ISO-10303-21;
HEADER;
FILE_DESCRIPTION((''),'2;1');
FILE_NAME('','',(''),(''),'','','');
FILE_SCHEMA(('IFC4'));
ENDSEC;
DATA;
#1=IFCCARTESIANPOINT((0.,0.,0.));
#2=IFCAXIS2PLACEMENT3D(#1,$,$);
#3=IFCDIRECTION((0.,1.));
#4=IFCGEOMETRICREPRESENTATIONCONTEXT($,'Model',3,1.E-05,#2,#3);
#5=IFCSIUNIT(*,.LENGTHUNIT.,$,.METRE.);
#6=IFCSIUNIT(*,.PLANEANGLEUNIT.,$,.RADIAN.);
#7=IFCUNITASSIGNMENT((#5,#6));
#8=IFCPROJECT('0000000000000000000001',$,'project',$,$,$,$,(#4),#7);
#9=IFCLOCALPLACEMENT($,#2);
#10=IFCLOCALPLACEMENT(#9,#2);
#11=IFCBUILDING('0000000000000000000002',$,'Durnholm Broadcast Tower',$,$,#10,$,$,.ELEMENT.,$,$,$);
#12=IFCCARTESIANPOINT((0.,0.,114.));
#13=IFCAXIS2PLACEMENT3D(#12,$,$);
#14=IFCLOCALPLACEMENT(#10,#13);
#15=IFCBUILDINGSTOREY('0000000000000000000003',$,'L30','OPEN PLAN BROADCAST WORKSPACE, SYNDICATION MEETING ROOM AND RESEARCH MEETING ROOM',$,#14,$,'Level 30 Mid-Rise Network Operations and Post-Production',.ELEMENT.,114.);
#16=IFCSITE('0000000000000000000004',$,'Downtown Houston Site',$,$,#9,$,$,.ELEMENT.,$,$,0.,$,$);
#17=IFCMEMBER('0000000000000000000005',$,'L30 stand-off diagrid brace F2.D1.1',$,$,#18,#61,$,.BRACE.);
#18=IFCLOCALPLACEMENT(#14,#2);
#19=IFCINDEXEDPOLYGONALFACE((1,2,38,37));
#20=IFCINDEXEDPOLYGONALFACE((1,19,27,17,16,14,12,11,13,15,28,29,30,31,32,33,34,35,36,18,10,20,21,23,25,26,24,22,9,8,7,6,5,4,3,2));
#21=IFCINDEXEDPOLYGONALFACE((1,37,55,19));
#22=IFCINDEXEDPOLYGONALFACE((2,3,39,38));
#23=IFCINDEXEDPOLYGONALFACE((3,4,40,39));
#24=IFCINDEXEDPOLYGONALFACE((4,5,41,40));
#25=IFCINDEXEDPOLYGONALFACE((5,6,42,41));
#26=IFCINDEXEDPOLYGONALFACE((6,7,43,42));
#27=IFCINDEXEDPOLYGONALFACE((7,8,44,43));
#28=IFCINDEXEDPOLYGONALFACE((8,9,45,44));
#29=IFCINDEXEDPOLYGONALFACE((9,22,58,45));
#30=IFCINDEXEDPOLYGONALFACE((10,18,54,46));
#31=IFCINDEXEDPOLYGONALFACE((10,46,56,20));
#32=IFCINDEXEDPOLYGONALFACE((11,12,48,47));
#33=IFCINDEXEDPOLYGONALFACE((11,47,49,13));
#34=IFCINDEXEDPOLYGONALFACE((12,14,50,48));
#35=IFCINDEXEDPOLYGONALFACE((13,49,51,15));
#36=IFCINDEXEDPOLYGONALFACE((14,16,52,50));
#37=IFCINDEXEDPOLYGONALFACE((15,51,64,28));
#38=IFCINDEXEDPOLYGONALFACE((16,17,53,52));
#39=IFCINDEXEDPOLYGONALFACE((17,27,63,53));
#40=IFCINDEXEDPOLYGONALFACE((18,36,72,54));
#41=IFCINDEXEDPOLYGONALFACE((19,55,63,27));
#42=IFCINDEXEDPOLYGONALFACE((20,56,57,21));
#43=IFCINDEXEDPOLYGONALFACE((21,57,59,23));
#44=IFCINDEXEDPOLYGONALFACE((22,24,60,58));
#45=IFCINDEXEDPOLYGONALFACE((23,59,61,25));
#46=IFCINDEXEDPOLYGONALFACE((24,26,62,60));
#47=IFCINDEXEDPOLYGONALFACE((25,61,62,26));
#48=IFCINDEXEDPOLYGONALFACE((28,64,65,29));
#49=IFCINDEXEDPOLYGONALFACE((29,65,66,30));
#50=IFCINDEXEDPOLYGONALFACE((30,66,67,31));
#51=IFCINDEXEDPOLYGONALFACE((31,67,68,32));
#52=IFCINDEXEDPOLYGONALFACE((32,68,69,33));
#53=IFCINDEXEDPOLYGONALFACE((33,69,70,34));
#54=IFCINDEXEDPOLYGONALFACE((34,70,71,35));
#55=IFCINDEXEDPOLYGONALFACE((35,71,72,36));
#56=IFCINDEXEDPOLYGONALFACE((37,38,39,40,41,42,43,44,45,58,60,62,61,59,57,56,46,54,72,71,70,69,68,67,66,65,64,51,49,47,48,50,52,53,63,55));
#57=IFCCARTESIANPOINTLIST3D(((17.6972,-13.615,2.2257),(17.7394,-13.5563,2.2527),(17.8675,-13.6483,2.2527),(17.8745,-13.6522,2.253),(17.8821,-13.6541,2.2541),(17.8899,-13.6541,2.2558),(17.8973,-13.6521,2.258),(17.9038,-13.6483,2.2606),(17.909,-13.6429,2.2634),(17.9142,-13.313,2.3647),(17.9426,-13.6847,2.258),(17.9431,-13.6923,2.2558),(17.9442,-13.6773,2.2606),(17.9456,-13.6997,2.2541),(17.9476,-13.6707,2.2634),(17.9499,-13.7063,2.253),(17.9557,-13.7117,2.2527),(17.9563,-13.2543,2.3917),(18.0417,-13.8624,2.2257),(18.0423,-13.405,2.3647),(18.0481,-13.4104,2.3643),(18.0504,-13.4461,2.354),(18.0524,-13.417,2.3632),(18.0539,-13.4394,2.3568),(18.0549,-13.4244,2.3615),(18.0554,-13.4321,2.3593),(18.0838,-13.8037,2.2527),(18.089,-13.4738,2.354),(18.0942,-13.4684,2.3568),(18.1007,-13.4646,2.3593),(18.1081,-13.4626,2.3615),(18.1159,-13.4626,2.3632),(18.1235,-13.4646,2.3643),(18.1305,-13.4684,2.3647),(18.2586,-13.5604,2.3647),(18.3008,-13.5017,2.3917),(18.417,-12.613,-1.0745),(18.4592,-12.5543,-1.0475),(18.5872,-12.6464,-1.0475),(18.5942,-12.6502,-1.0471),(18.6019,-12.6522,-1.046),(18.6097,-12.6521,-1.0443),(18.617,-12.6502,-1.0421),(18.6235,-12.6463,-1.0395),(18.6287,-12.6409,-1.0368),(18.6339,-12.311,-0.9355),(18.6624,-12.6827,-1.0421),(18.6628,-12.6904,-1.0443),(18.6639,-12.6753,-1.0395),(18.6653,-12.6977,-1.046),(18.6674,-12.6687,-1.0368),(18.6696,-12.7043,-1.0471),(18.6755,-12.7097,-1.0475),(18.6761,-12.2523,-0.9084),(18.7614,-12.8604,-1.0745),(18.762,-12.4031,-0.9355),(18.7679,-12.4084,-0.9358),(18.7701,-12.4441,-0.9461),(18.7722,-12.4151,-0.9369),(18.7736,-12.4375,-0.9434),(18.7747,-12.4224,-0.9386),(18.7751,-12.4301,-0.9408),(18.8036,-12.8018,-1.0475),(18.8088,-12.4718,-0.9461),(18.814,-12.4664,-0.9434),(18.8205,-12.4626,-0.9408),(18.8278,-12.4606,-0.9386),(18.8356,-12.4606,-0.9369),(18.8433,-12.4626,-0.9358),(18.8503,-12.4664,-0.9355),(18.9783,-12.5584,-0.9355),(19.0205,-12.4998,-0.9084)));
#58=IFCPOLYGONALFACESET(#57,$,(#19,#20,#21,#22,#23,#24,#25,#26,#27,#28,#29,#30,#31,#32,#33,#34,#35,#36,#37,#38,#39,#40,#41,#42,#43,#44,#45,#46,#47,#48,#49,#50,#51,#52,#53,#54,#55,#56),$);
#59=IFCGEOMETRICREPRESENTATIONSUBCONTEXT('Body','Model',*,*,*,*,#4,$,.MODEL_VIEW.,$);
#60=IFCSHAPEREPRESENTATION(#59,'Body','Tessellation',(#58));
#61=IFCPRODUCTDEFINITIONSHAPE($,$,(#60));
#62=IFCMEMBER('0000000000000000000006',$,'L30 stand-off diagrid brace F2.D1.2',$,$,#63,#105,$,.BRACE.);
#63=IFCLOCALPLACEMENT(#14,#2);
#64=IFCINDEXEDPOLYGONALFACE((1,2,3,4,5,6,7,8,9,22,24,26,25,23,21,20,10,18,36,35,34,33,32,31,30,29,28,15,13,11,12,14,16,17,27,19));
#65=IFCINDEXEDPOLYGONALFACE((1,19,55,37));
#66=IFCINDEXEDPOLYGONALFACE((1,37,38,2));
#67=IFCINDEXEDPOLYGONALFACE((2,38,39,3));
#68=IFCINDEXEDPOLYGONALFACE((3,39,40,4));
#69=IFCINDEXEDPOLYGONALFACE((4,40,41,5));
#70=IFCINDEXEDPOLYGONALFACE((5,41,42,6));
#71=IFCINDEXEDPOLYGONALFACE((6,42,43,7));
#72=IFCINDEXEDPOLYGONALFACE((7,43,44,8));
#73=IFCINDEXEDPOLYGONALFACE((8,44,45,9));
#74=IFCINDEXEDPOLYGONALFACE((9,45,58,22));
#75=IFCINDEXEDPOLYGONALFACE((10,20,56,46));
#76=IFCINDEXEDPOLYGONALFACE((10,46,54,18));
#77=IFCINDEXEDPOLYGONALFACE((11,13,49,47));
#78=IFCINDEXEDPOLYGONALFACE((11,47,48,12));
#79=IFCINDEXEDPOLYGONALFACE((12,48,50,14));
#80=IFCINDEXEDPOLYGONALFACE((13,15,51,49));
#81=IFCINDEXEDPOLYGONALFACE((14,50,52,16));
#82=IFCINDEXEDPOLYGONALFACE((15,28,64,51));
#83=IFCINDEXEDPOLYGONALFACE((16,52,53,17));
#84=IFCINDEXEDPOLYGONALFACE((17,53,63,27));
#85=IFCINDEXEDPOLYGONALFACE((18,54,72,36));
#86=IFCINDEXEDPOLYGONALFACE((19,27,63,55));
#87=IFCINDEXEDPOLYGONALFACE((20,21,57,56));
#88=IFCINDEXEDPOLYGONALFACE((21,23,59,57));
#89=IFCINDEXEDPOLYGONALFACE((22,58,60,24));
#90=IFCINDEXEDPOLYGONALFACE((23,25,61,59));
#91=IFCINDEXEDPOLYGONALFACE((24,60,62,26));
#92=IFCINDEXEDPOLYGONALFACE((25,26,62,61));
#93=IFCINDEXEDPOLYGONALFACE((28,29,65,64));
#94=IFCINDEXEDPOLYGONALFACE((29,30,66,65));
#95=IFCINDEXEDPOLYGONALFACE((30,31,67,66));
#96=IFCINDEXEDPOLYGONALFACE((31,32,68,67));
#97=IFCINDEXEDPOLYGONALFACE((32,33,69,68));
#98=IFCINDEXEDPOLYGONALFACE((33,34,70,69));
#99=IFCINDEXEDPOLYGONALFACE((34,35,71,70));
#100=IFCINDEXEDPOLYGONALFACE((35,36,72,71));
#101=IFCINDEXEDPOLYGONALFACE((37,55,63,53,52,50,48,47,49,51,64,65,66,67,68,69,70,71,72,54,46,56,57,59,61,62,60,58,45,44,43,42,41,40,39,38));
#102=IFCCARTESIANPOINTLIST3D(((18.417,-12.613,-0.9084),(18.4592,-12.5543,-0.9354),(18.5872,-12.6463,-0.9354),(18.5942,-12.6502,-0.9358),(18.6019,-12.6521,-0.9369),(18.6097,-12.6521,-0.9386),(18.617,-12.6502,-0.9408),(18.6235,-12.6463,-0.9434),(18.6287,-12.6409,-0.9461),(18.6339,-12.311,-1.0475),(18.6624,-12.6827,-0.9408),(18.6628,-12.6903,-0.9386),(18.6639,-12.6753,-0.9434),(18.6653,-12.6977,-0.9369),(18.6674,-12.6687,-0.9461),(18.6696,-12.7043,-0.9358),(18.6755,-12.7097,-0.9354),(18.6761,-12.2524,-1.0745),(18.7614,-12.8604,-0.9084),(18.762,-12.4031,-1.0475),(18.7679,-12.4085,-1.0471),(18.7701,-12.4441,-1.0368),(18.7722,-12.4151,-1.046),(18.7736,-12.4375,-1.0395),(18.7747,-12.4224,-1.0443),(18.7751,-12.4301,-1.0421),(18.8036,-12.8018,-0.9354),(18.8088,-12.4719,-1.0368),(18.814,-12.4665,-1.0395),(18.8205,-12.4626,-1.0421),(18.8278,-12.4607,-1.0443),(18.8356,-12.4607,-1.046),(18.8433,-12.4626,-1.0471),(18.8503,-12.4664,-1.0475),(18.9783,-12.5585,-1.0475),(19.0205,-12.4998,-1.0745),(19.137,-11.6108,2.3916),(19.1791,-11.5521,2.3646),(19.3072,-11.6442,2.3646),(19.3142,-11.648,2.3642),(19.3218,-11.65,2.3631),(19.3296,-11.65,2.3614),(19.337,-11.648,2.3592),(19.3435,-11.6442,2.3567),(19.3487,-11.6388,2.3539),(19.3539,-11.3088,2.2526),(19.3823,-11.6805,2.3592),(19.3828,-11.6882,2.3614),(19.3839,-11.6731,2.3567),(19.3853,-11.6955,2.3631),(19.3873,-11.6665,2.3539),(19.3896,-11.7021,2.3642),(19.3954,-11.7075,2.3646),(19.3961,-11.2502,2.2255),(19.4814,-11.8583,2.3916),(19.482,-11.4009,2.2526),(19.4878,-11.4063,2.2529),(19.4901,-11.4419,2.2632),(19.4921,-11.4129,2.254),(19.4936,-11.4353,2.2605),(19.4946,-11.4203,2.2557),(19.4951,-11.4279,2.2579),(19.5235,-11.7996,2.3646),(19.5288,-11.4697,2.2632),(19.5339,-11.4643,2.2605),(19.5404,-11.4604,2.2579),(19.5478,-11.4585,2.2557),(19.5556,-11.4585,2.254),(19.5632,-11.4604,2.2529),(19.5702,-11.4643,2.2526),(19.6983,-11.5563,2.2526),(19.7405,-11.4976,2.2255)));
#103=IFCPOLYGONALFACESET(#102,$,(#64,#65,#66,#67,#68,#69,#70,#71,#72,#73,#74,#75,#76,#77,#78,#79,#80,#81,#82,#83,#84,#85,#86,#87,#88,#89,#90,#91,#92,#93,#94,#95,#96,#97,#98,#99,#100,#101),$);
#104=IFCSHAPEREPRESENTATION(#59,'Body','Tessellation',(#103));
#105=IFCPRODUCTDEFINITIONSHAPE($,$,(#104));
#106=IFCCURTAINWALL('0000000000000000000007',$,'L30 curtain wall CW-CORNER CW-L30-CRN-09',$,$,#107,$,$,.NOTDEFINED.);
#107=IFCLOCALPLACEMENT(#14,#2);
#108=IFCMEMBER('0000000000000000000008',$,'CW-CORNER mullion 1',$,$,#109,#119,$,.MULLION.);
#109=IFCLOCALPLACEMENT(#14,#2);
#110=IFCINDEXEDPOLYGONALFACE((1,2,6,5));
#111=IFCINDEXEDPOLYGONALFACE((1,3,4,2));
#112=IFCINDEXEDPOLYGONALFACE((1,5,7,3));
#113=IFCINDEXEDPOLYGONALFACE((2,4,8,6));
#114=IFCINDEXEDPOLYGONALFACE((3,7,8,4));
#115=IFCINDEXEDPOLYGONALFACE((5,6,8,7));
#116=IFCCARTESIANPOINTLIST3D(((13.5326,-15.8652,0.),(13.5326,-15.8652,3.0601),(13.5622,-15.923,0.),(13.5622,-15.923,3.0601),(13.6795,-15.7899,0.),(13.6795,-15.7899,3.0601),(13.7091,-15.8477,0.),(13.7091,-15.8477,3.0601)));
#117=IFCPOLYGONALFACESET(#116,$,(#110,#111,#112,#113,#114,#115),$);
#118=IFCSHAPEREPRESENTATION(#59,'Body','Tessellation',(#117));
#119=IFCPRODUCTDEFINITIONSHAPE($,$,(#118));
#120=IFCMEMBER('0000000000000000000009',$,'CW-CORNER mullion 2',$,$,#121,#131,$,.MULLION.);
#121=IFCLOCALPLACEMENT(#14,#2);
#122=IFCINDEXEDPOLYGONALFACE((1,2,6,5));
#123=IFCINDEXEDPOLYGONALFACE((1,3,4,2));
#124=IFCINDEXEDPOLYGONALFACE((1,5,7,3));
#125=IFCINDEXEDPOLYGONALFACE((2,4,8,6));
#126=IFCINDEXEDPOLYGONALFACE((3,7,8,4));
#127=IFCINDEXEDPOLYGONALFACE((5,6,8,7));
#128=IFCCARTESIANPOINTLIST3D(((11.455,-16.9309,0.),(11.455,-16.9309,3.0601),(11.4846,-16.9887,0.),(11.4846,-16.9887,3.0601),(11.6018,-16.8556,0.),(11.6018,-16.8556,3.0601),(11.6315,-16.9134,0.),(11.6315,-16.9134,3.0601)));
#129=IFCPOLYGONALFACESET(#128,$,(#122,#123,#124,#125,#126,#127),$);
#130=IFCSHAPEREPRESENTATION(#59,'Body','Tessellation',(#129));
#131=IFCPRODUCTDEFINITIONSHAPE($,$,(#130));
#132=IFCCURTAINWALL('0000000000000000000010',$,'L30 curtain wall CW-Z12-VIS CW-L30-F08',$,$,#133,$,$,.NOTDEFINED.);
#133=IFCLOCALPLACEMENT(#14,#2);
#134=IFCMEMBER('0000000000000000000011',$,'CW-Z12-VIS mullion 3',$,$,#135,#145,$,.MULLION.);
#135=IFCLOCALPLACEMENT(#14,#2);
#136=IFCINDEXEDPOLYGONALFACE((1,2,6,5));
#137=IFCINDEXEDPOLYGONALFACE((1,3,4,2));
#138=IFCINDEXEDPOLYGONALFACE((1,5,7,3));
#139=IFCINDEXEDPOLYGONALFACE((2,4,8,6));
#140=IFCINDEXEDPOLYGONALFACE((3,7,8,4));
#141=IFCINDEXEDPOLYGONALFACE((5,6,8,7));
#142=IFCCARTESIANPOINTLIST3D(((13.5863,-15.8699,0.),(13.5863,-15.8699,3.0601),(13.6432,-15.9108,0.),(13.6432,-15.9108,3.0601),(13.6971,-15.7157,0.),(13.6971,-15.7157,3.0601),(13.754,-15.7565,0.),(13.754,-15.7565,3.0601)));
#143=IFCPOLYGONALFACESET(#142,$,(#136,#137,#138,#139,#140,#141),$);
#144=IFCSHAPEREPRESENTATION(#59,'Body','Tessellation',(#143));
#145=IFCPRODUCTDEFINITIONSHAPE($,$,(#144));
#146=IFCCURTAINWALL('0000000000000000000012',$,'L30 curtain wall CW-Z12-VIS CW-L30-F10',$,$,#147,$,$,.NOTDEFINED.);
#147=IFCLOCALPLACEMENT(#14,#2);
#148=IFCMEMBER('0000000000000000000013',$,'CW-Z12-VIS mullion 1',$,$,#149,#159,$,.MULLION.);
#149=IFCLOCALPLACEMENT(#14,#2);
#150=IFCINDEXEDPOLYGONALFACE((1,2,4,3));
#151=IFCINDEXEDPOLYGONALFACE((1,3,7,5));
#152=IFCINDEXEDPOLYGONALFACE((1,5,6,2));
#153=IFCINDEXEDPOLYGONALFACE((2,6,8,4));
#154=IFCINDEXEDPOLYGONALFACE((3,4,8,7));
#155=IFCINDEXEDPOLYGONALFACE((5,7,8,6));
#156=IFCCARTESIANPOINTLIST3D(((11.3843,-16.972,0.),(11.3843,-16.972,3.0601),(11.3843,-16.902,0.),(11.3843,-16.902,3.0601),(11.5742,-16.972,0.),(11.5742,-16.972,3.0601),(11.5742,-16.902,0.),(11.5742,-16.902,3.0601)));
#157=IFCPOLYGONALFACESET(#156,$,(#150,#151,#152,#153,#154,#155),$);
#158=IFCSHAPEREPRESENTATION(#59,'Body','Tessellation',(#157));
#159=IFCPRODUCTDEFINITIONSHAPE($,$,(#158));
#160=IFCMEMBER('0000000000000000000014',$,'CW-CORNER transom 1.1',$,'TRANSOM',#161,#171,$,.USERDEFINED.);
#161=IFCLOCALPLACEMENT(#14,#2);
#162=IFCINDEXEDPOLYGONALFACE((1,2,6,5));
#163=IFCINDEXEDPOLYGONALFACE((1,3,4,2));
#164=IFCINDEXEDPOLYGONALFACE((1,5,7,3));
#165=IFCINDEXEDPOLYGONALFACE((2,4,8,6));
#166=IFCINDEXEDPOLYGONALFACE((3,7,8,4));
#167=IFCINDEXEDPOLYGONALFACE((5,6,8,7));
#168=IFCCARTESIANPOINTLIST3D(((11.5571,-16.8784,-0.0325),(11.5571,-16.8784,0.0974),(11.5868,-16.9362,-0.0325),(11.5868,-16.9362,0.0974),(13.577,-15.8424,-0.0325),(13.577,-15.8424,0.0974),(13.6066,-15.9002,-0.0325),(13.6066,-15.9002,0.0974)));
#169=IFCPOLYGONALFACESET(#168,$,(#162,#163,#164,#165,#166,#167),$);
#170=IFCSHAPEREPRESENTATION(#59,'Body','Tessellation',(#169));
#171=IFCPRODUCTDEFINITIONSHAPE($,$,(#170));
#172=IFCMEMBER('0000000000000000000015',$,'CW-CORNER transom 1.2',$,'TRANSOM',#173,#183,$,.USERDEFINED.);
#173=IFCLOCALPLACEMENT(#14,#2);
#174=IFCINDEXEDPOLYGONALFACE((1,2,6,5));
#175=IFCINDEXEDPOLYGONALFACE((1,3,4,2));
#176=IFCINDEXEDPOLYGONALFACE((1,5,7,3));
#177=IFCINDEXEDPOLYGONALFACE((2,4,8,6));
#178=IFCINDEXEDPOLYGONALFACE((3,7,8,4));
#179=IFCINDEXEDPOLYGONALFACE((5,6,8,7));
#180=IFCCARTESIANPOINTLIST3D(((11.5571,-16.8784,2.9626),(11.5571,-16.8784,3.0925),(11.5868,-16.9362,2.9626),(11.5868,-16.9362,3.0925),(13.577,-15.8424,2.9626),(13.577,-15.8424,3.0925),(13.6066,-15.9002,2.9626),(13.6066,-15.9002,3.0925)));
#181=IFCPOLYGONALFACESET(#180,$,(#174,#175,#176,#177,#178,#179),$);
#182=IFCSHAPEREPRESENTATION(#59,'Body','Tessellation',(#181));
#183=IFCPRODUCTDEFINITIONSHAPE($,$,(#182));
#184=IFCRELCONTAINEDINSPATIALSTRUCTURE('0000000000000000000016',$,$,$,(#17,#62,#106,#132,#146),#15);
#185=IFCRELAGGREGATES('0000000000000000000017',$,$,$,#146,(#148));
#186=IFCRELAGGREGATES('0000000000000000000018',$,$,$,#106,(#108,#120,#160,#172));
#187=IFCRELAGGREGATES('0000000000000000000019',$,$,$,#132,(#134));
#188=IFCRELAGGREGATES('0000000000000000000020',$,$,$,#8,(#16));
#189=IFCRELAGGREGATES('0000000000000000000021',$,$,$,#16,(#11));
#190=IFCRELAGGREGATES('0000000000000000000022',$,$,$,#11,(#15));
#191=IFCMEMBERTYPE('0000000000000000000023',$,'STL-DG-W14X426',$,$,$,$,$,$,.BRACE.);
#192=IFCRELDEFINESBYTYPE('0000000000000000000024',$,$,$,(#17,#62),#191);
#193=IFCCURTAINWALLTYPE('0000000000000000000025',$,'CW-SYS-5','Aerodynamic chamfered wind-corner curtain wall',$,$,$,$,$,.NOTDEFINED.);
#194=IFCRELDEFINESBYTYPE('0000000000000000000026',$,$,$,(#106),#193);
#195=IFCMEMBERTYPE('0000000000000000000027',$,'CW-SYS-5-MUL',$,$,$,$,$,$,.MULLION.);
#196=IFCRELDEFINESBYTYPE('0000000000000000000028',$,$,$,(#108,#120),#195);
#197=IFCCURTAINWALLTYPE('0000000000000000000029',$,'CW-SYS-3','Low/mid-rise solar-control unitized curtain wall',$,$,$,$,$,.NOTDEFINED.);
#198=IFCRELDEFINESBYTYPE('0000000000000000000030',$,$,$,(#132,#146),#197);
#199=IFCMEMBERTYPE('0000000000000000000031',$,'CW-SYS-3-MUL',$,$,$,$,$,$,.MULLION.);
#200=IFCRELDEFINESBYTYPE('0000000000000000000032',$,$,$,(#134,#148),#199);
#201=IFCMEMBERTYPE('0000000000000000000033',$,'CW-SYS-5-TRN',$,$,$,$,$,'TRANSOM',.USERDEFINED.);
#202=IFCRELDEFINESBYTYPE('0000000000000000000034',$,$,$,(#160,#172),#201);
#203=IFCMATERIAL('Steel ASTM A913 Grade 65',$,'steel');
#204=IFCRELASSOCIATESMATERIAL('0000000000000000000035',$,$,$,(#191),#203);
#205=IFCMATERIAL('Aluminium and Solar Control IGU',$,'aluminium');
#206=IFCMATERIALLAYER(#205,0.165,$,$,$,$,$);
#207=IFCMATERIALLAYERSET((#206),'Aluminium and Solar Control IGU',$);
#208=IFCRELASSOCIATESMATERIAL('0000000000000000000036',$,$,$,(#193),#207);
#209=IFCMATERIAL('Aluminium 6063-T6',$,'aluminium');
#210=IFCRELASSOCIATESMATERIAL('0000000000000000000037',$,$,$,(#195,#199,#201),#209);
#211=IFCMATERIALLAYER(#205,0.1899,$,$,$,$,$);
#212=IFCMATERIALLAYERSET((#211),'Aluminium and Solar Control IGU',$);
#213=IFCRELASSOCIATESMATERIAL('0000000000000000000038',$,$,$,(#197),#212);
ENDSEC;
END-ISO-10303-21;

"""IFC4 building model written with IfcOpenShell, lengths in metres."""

from ifc_helpers import new_model, si_unit, direction, frame, origin, origin_2d, place, context, subcontext, project, spatial, rectangle, i_section, extrude, source, transform, mapped, material, layer, layer_set, material_profile, profile_set, type_object, type_shapes, element, aggregate, save


model = new_model("IFC4")

# Units and contexts
model_context = context("Model", 3, precision=1e-05, world=origin(), true_north=direction((0.0, 1.0)))
body_context = subcontext(model_context, "Body", "Model", "MODEL_VIEW")
ifc_project = project(units=[si_unit("LENGTHUNIT", "METRE"), si_unit("PLANEANGLEUNIT", "RADIAN")], contexts=[model_context])

# Site, building, storey
site_placement = place(None, origin())
site = spatial("IfcSite", under=ifc_project, at=site_placement, Name="Downtown Houston Site", CompositionType="ELEMENT", RefElevation=0.0)
building_placement = place(site_placement, origin())
building = spatial("IfcBuilding", under=site, at=building_placement, Name="Durnholm Broadcast Tower", CompositionType="ELEMENT")
storey_placement = place(building_placement, frame((0.0, 0.0, 114.0)))
storey = spatial("IfcBuildingStorey", under=building, at=storey_placement, Name="L30", Description="OPEN PLAN BROADCAST WORKSPACE, SYNDICATION MEETING ROOM AND RESEARCH MEETING ROOM", LongName="Level 30 Mid-Rise Network Operations and Post-Production", CompositionType="ELEMENT", Elevation=114.0)

# Members
ifc_material_1 = material(Name="Steel ASTM A913 Grade 65", Category="steel")
ifc_material_profile_1 = material_profile(ifc_material_1, i_section(OverallWidth=0.4241, OverallDepth=0.4741, WebThickness=0.0476, FlangeThickness=0.0771, FilletRadius=0.0305, at=origin_2d()), Name="W14X426")
ifc_profile_set_1 = profile_set([ifc_material_profile_1], Name="Steel ASTM A913 Grade 65")
member_type_1 = type_object("IfcMemberType", Name="STL-DG-W14X426", PredefinedType="BRACE", material=ifc_profile_set_1)
shared_shape_1 = source(origin(), body_context, "Body", "SweptSolid", [
    extrude(i_section(OverallWidth=0.4241, OverallDepth=0.4741, WebThickness=0.0476, FlangeThickness=0.0771, FilletRadius=0.0305, at=origin_2d()), origin(), (0.0, 0.0, 1.0), 3.5232),
])
type_shapes(member_type_1, [shared_shape_1])
for number, where, z_axis, x_axis, name in (
    (1, (18.7188, -12.5564, -0.9915), (-0.204288, -0.284395, 0.936689), (0.812179, -0.583408, 0.0), "L30 stand-off diagrid brace F2.D1.1"),
    (2, (18.7188, -12.5564, -0.9915), (0.20435, 0.284455, 0.936657), (-0.812153, 0.583444, 0.0), "L30 stand-off diagrid brace F2.D1.2"),
):
    element("IfcMember", number, at=place(storey_placement, frame(where, z_axis=z_axis, x_axis=x_axis)), inside=storey, type_object=member_type_1, Name=name, PredefinedType="BRACE", context=body_context, shape_type="MappedRepresentation", body=[
        mapped(shared_shape_1, transform((0.0, 0.0, 0.0), x_axis=(1.0, 0.0, 0.0), y_axis=(0.0, 1.0, 0.0), z_axis=(0.0, 0.0, 1.0), scale=1.0)),
    ])

# Curtain wall, members
ifc_material_2 = material(Name="Aluminium and Solar Control IGU", Category="aluminium")
ifc_layer_1 = layer(ifc_material_2, 0.165)
ifc_layer_set_1 = layer_set([ifc_layer_1], Name="Aluminium and Solar Control IGU")
curtain_wall_type_1 = type_object("IfcCurtainWallType", Name="CW-SYS-5", Description="Aerodynamic chamfered wind-corner curtain wall", PredefinedType="NOTDEFINED", material=ifc_layer_set_1)
curtain_wall_1_placement = place(storey_placement, origin())
curtain_wall_1 = element("IfcCurtainWall", 3, at=curtain_wall_1_placement, inside=storey, type_object=curtain_wall_type_1, Name="L30 curtain wall CW-CORNER CW-L30-CRN-09", PredefinedType="NOTDEFINED")
ifc_material_3 = material(Name="Aluminium 6063-T6", Category="aluminium")
ifc_material_profile_2 = material_profile(ifc_material_3, rectangle(XDim=0.0649, YDim=0.165, at=origin_2d()), Name="CWM65X165")
ifc_profile_set_2 = profile_set([ifc_material_profile_2], Name="Aluminium 6063-T6")
member_type_2 = type_object("IfcMemberType", Name="CW-SYS-5-MUL", PredefinedType="MULLION", material=ifc_profile_set_2)
shared_shape_2 = source(origin(), body_context, "Body", "SweptSolid", [
    extrude(rectangle(XDim=0.0649, YDim=0.165, at=origin_2d()), origin(), (0.0, 0.0, 1.0), 3.0601),
])
type_shapes(member_type_2, [shared_shape_2])
member_1_placement = place(storey_placement, frame((13.6208, -15.8564, 0.0), z_axis=(0.0, 0.0, 1.0), x_axis=(0.456373, -0.889788, 0.0)))
member_1 = element("IfcMember", 4, at=member_1_placement, type_object=member_type_2, Name="CW-CORNER mullion 1", PredefinedType="MULLION", context=body_context, shape_type="MappedRepresentation", body=[
    mapped(shared_shape_2, transform((0.0, 0.0, 0.0), x_axis=(1.0, 0.0, 0.0), y_axis=(0.0, 1.0, 0.0), z_axis=(0.0, 0.0, 1.0), scale=1.0)),
])
member_2_placement = place(storey_placement, frame((11.5432, -16.9221, 0.0), z_axis=(0.0, 0.0, 1.0), x_axis=(0.456373, -0.889788, 0.0)))
member_2 = element("IfcMember", 5, at=member_2_placement, type_object=member_type_2, Name="CW-CORNER mullion 2", PredefinedType="MULLION", context=body_context, shape_type="MappedRepresentation", body=[
    mapped(shared_shape_2, transform((0.0, 0.0, 0.0), x_axis=(1.0, 0.0, 0.0), y_axis=(0.0, 1.0, 0.0), z_axis=(0.0, 0.0, 1.0), scale=1.0)),
])

# Curtain walls, members
ifc_layer_2 = layer(ifc_material_2, 0.1899)
ifc_layer_set_2 = layer_set([ifc_layer_2], Name="Aluminium and Solar Control IGU")
curtain_wall_type_2 = type_object("IfcCurtainWallType", Name="CW-SYS-3", Description="Low/mid-rise solar-control unitized curtain wall", PredefinedType="NOTDEFINED", material=ifc_layer_set_2)
curtain_wall_2_placement = place(storey_placement, origin())
curtain_wall_2 = element("IfcCurtainWall", 6, at=curtain_wall_2_placement, inside=storey, type_object=curtain_wall_type_2, Name="L30 curtain wall CW-Z12-VIS CW-L30-F08", PredefinedType="NOTDEFINED")
ifc_material_profile_3 = material_profile(ifc_material_3, rectangle(XDim=0.0701, YDim=0.1899, at=origin_2d()), Name="CWM70X190")
ifc_profile_set_3 = profile_set([ifc_material_profile_3], Name="Aluminium 6063-T6")
member_type_3 = type_object("IfcMemberType", Name="CW-SYS-3-MUL", PredefinedType="MULLION", material=ifc_profile_set_3)
shared_shape_3 = source(origin(), body_context, "Body", "SweptSolid", [
    extrude(rectangle(XDim=0.0701, YDim=0.1899, at=origin_2d()), origin(), (0.0, 0.0, 1.0), 3.0601),
])
type_shapes(member_type_3, [shared_shape_3])
member_3_placement = place(storey_placement, frame((13.6702, -15.8132, 0.0), z_axis=(0.0, 0.0, 1.0), x_axis=(0.812152, -0.583445, 0.0)))
member_3 = element("IfcMember", 7, at=member_3_placement, type_object=member_type_3, Name="CW-Z12-VIS mullion 3", PredefinedType="MULLION", context=body_context, shape_type="MappedRepresentation", body=[
    mapped(shared_shape_3, transform((0.0, 0.0, 0.0), x_axis=(1.0, 0.0, 0.0), y_axis=(0.0, 1.0, 0.0), z_axis=(0.0, 0.0, 1.0), scale=1.0)),
])
curtain_wall_3_placement = place(storey_placement, origin())
curtain_wall_3 = element("IfcCurtainWall", 8, at=curtain_wall_3_placement, inside=storey, type_object=curtain_wall_type_2, Name="L30 curtain wall CW-Z12-VIS CW-L30-F10", PredefinedType="NOTDEFINED")
member_4_placement = place(storey_placement, frame((11.4792, -16.937, 0.0), z_axis=(0.0, 0.0, 1.0), x_axis=(0.0, -1.0, 0.0)))
member_4 = element("IfcMember", 9, at=member_4_placement, type_object=member_type_3, Name="CW-Z12-VIS mullion 1", PredefinedType="MULLION", context=body_context, shape_type="MappedRepresentation", body=[
    mapped(shared_shape_3, transform((0.0, 0.0, 0.0), x_axis=(1.0, 0.0, 0.0), y_axis=(0.0, 1.0, 0.0), z_axis=(0.0, 0.0, 1.0), scale=1.0)),
])

# Members
ifc_material_profile_4 = material_profile(ifc_material_3, rectangle(XDim=0.0649, YDim=0.1299, at=origin_2d()), Name="CWT65X130")
ifc_profile_set_4 = profile_set([ifc_material_profile_4], Name="Aluminium 6063-T6")
member_type_4 = type_object("IfcMemberType", Name="CW-SYS-5-TRN", ElementType="TRANSOM", PredefinedType="USERDEFINED", material=ifc_profile_set_4)
shared_shape_4 = source(origin(), body_context, "Body", "SweptSolid", [
    extrude(rectangle(XDim=0.0649, YDim=0.1299, at=origin_2d()), origin(), (0.0, 0.0, 1.0), 2.27),
])
type_shapes(member_type_4, [shared_shape_4])
member_5_placement = place(storey_placement, frame((13.5918, -15.8713, 0.0325), z_axis=(-0.889798, -0.456354, 0.0), x_axis=(0.456354, -0.889798, 0.0)))
member_5 = element("IfcMember", 10, at=member_5_placement, type_object=member_type_4, Name="CW-CORNER transom 1.1", ObjectType="TRANSOM", PredefinedType="USERDEFINED", context=body_context, shape_type="MappedRepresentation", body=[
    mapped(shared_shape_4, transform((0.0, 0.0, 0.0), x_axis=(1.0, 0.0, 0.0), y_axis=(0.0, 1.0, 0.0), z_axis=(0.0, 0.0, 1.0), scale=1.0)),
])
member_6_placement = place(storey_placement, frame((13.5918, -15.8713, 3.0276), z_axis=(-0.889798, -0.456354, 0.0), x_axis=(0.456354, -0.889798, 0.0)))
member_6 = element("IfcMember", 11, at=member_6_placement, type_object=member_type_4, Name="CW-CORNER transom 1.2", ObjectType="TRANSOM", PredefinedType="USERDEFINED", context=body_context, shape_type="MappedRepresentation", body=[
    mapped(shared_shape_4, transform((0.0, 0.0, 0.0), x_axis=(1.0, 0.0, 0.0), y_axis=(0.0, 1.0, 0.0), z_axis=(0.0, 0.0, 1.0), scale=1.0)),
])
aggregate(curtain_wall_3, [member_4])

aggregate(curtain_wall_1, [member_1, member_2, member_5, member_6])
aggregate(curtain_wall_2, [member_3])

save(model, "model.ifc")
